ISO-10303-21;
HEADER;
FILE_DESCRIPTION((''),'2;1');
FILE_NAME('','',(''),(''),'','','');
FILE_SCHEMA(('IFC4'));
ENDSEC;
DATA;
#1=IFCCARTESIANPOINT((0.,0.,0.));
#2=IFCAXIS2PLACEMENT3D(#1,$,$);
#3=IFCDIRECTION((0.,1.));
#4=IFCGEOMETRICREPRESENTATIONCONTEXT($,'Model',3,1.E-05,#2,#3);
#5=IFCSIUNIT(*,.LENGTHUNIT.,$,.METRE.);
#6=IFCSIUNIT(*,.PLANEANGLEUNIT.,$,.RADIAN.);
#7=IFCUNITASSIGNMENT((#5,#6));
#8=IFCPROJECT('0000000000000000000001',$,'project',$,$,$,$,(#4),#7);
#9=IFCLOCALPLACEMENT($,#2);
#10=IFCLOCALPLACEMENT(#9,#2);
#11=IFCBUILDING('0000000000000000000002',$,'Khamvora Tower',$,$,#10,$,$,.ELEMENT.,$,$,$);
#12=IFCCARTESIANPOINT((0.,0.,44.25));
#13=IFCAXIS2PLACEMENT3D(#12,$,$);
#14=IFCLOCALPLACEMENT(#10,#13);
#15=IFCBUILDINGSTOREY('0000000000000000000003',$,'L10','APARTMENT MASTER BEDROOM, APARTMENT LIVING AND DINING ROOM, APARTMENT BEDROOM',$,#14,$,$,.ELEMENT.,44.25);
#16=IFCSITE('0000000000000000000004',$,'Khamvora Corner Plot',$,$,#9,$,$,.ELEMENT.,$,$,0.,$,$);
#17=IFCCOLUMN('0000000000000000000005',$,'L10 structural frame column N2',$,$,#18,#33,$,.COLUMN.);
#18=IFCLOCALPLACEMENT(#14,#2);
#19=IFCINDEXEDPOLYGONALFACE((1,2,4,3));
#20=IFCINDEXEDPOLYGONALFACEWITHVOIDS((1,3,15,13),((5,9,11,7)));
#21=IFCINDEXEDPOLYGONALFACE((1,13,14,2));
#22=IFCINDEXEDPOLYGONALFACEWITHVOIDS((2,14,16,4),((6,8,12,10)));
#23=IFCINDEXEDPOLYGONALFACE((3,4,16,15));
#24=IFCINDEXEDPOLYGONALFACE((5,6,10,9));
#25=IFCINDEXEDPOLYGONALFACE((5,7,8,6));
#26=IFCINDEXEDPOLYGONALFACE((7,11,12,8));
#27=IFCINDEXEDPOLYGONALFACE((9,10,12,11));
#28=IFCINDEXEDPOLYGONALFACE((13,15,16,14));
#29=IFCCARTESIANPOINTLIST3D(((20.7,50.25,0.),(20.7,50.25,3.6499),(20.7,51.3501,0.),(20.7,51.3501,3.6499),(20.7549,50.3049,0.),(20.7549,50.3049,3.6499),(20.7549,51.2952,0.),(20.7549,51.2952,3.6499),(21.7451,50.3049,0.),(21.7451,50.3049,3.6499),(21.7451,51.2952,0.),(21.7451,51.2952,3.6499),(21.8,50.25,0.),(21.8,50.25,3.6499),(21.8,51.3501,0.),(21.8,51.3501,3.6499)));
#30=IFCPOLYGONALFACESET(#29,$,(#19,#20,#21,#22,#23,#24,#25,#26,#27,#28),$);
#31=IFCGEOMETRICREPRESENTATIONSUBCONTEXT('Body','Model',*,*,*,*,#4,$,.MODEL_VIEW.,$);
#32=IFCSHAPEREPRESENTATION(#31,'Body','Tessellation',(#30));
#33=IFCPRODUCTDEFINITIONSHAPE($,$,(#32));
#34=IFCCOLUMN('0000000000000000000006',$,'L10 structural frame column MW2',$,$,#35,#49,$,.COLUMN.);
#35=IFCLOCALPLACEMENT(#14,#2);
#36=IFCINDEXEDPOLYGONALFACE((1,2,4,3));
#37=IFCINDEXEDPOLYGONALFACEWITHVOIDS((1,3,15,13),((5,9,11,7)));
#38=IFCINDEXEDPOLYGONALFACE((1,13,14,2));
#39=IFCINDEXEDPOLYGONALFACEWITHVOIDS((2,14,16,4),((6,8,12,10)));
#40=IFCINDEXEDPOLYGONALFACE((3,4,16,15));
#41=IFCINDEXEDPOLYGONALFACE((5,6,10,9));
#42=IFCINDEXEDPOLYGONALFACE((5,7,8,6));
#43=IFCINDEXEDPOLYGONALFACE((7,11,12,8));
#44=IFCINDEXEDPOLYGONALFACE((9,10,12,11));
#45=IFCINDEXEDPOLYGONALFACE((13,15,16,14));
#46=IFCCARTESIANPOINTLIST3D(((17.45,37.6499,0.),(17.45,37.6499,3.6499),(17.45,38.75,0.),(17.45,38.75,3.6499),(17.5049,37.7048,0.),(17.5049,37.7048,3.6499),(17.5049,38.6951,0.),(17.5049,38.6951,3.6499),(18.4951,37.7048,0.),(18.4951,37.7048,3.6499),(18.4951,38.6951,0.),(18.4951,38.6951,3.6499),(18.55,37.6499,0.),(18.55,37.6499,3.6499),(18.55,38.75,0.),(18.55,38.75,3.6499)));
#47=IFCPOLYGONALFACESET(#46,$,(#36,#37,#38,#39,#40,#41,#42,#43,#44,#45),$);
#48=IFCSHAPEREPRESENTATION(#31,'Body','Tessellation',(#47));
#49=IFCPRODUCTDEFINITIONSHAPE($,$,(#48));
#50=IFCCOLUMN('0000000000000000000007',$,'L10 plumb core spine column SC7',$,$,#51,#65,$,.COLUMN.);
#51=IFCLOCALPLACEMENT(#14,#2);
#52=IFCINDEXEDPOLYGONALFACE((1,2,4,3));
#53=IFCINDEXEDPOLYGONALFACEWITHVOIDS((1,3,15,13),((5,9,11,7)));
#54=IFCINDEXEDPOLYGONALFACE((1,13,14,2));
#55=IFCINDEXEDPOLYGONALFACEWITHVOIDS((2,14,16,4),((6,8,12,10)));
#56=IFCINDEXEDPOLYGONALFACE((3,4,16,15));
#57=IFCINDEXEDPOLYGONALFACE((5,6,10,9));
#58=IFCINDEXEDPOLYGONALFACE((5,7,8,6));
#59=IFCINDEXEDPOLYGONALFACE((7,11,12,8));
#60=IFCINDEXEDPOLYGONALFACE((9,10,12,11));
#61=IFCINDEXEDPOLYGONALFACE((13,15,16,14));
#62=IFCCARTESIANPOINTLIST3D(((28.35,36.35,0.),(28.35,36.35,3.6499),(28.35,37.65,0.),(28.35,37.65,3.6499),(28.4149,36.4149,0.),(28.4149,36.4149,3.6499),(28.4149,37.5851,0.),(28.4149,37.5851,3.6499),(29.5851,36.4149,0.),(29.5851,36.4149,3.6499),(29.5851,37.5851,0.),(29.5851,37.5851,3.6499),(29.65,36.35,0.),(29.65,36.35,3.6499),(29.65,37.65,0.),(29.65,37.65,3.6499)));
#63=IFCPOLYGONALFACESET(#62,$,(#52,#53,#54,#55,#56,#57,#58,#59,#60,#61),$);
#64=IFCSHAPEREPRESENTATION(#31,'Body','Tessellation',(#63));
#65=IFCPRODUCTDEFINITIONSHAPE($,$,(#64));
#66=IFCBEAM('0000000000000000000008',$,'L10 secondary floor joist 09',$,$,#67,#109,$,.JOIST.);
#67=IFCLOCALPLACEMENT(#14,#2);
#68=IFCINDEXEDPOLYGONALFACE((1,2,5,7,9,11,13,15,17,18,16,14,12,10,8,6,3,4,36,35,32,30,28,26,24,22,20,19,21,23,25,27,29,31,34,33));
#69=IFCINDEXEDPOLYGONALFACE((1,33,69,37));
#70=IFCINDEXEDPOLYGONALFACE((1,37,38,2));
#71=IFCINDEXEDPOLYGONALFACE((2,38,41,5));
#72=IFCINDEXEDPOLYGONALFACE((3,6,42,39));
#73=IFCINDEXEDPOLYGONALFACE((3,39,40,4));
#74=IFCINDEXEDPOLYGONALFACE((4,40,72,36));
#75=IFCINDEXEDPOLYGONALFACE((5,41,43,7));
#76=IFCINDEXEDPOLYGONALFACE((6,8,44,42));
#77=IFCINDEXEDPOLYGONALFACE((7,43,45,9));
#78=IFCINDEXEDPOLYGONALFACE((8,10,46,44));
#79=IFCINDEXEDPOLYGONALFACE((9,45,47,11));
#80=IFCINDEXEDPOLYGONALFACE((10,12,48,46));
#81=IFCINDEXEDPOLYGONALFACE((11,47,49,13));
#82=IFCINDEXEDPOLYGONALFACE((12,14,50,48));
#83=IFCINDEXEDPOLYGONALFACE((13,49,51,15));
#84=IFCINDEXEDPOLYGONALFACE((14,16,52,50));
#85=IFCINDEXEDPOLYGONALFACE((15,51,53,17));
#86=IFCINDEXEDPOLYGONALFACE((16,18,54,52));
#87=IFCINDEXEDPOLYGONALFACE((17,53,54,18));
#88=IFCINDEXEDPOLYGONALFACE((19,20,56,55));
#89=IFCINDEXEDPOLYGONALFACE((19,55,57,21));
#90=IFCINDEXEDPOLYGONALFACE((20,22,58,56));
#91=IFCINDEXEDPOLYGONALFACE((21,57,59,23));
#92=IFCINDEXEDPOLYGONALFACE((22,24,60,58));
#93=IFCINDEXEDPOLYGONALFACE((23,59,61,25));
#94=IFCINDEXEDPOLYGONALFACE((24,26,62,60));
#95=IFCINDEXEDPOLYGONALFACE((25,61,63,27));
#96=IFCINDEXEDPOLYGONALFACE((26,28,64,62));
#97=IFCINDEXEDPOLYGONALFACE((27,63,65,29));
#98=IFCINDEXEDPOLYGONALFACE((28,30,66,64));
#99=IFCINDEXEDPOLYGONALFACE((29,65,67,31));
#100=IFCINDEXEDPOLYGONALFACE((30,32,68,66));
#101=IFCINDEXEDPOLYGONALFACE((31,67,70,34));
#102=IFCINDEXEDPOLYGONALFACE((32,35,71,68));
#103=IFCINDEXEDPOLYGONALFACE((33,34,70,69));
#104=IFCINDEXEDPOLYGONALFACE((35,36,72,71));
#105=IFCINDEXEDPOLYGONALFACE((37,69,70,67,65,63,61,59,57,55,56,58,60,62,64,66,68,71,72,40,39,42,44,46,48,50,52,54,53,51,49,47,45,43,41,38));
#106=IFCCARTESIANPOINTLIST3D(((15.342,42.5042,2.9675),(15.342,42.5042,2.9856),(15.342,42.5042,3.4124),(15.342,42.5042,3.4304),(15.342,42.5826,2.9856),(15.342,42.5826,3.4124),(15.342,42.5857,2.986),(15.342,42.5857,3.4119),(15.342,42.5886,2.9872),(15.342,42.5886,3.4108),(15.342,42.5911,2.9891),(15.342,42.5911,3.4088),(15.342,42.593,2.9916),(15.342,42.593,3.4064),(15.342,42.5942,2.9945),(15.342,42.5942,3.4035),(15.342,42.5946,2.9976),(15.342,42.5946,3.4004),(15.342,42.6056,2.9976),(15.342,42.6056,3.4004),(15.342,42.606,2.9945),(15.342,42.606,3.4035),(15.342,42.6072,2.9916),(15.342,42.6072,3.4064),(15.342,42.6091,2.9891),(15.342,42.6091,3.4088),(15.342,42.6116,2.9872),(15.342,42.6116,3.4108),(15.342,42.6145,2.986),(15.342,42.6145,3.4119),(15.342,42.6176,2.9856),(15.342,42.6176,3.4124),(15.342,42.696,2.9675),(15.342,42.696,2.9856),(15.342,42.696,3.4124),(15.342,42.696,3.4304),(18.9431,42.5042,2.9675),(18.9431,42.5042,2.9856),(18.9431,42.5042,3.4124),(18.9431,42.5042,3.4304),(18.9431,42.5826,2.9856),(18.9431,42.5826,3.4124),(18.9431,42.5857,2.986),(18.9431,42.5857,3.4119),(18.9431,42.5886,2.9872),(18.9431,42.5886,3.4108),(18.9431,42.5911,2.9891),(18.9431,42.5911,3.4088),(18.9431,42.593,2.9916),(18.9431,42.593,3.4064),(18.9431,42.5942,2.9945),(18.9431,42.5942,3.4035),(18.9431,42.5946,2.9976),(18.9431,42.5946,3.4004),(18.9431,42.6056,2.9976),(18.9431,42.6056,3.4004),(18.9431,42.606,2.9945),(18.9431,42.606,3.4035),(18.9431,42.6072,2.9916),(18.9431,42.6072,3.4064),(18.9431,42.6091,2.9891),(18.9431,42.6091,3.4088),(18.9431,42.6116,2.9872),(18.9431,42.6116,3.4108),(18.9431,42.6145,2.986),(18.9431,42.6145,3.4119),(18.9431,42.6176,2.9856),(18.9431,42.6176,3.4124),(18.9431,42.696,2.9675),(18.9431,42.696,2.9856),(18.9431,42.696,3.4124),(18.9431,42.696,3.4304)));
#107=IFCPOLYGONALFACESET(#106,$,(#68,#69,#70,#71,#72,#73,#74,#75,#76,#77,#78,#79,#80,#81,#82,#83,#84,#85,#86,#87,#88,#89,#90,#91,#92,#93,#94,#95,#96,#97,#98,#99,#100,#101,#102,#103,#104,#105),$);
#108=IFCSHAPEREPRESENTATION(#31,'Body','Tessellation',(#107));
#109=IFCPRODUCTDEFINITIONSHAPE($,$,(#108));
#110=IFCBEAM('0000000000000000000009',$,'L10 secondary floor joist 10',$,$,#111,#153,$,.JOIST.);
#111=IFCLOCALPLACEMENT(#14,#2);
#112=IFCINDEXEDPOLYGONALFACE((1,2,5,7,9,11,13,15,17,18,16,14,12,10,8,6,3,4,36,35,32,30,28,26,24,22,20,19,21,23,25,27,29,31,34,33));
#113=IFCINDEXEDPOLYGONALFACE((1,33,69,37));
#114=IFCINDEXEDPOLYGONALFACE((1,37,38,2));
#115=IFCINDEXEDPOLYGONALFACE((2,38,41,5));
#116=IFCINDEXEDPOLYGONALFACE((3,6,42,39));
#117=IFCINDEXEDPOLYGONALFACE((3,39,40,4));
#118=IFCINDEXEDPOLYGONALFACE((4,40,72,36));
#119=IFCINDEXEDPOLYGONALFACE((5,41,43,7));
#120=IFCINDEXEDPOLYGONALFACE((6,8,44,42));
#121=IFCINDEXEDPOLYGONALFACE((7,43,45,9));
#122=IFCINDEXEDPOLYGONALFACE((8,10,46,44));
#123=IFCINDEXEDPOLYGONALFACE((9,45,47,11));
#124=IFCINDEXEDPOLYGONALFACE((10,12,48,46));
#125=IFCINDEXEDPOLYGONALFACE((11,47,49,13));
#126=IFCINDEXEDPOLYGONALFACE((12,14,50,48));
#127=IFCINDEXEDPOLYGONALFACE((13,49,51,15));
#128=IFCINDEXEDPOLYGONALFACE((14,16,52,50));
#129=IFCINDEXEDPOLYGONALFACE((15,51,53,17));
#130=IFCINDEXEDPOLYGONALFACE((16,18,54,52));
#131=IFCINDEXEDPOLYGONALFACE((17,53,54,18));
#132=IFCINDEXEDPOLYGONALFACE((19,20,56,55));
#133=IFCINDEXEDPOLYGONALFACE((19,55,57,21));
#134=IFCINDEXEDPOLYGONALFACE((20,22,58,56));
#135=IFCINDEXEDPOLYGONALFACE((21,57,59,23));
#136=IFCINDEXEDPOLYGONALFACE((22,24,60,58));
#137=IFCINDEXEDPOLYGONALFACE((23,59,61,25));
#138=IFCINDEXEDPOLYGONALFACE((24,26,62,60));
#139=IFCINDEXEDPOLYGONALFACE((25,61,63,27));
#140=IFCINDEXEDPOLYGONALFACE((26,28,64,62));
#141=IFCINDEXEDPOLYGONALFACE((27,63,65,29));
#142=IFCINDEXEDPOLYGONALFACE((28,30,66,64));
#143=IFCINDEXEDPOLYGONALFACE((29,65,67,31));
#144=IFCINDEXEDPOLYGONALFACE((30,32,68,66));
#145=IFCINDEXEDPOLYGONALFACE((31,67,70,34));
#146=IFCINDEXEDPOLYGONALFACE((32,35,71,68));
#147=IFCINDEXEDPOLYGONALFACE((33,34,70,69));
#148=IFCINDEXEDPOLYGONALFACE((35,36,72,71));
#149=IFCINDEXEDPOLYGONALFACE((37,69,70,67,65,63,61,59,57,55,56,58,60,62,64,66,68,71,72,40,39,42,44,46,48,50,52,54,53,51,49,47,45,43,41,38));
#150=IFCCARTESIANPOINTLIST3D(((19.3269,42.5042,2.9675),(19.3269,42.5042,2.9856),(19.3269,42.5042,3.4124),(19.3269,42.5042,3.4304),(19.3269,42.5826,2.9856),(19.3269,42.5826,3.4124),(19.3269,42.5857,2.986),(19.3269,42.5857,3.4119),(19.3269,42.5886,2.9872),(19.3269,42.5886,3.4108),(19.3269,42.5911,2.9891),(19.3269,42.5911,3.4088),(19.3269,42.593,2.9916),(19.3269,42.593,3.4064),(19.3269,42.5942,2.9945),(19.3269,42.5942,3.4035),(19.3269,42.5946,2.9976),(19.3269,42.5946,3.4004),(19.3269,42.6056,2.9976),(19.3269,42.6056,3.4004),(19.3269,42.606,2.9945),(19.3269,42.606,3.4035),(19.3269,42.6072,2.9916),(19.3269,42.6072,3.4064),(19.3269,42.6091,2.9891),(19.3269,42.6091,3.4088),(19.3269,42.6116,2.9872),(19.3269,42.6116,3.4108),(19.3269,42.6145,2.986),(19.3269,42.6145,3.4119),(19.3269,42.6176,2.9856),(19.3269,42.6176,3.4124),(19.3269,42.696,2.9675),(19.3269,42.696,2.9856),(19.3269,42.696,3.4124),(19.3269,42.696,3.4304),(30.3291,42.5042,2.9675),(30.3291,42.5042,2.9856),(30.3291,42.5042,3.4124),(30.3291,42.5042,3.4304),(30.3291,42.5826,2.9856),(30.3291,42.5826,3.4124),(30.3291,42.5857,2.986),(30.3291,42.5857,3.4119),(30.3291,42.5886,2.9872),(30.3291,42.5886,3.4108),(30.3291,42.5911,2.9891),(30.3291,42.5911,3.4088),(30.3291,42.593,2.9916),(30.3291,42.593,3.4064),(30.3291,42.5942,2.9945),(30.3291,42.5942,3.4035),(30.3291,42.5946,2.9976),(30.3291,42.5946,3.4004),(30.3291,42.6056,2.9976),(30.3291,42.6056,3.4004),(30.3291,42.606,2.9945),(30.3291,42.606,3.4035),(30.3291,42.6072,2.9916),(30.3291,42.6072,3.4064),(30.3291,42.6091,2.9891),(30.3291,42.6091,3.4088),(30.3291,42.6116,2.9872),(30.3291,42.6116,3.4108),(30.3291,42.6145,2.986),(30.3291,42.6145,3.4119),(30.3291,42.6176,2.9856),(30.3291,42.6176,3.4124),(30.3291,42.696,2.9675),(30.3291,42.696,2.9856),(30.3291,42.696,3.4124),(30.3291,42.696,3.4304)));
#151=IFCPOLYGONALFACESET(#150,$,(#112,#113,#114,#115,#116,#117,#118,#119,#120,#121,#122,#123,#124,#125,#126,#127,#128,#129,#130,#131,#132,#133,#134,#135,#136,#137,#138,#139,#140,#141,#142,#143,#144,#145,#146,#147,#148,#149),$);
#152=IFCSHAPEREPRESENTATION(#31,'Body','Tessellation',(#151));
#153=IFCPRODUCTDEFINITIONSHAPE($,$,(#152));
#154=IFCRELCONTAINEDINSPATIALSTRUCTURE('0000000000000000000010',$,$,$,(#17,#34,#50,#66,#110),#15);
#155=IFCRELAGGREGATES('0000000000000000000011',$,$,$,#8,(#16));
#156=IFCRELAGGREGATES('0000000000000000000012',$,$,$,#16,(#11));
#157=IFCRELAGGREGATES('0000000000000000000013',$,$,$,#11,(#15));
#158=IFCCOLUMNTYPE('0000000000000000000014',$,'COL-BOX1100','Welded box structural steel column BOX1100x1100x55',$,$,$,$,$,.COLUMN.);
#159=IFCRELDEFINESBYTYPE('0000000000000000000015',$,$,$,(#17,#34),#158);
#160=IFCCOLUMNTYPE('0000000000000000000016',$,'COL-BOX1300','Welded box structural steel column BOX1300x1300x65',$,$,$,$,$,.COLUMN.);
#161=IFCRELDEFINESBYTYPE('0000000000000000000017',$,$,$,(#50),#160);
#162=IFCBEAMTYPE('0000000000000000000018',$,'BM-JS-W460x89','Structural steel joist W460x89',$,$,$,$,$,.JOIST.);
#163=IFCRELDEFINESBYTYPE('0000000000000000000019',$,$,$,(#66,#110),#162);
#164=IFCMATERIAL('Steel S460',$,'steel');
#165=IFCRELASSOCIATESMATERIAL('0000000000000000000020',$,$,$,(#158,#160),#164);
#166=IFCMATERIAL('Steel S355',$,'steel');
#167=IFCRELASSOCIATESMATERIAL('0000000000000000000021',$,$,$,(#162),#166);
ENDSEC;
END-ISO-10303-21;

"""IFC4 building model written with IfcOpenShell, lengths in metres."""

from ifc_helpers import new_model, si_unit, direction, frame, origin, origin_2d, place, context, subcontext, project, spatial, hollow_rectangle, i_section, extrude, material, material_profile, profile_set, type_object, element, save


model = new_model("IFC4")

# Units and contexts
model_context = context("Model", 3, precision=1e-05, world=origin(), true_north=direction((0.0, 1.0)))
body_context = subcontext(model_context, "Body", "Model", "MODEL_VIEW")
ifc_project = project(units=[si_unit("LENGTHUNIT", "METRE"), si_unit("PLANEANGLEUNIT", "RADIAN")], contexts=[model_context])

# Site, building, storey
site_placement = place(None, origin())
site = spatial("IfcSite", under=ifc_project, at=site_placement, Name="Khamvora Corner Plot", CompositionType="ELEMENT", RefElevation=0.0)
building_placement = place(site_placement, origin())
building = spatial("IfcBuilding", under=site, at=building_placement, Name="Khamvora Tower", CompositionType="ELEMENT")
storey_placement = place(building_placement, frame((0.0, 0.0, 44.25)))
storey = spatial("IfcBuildingStorey", under=building, at=storey_placement, Name="L10", Description="APARTMENT MASTER BEDROOM, APARTMENT LIVING AND DINING ROOM, APARTMENT BEDROOM", CompositionType="ELEMENT", Elevation=44.25)

# Columns
ifc_material_1 = material(Name="Steel S460", Category="steel")
ifc_material_profile_1 = material_profile(ifc_material_1, hollow_rectangle(XDim=1.1001, YDim=1.1001, WallThickness=0.0549, at=origin_2d()), Name="BOX1100x1100x55")
ifc_profile_set_1 = profile_set([ifc_material_profile_1], Name="Steel S460")
column_type_1 = type_object("IfcColumnType", Name="COL-BOX1100", Description="Welded box structural steel column BOX1100x1100x55", PredefinedType="COLUMN", material=ifc_profile_set_1)
for number, where, z_axis, x_axis, name in (
    (1, (21.25, 50.8, 0.0), (0.0, 0.0, 1.0), (1.0, 0.0, 0.0), "L10 structural frame column N2"),
    (2, (18.0, 38.2, 0.0), (0.0, 0.0, 1.0), (1.0, 0.0, 0.0), "L10 structural frame column MW2"),
):
    element("IfcColumn", number, at=place(storey_placement, frame(where, z_axis=z_axis, x_axis=x_axis)), inside=storey, type_object=column_type_1, Name=name, PredefinedType="COLUMN", context=body_context, shape_type="SweptSolid", body=[
        extrude(hollow_rectangle(XDim=1.1001, YDim=1.1001, WallThickness=0.0549, at=origin_2d()), origin(), (0.0, 0.0, 1.0), 3.6499),
    ])
ifc_material_profile_2 = material_profile(ifc_material_1, hollow_rectangle(XDim=1.3, YDim=1.3, WallThickness=0.0649, at=origin_2d()), Name="BOX1300x1300x65")
ifc_profile_set_2 = profile_set([ifc_material_profile_2], Name="Steel S460")
column_type_2 = type_object("IfcColumnType", Name="COL-BOX1300", Description="Welded box structural steel column BOX1300x1300x65", PredefinedType="COLUMN", material=ifc_profile_set_2)
column_placement = place(storey_placement, frame((29.0, 37.0, 0.0), z_axis=(0.0, 0.0, 1.0), x_axis=(1.0, 0.0, 0.0)))
element("IfcColumn", 3, at=column_placement, inside=storey, type_object=column_type_2, Name="L10 plumb core spine column SC7", PredefinedType="COLUMN", context=body_context, shape_type="SweptSolid", body=[
    extrude(hollow_rectangle(XDim=1.3, YDim=1.3, WallThickness=0.0649, at=origin_2d()), origin(), (0.0, 0.0, 1.0), 3.6499),
])

# Beams
ifc_material_2 = material(Name="Steel S355", Category="steel")
ifc_material_profile_3 = material_profile(ifc_material_2, i_section(OverallWidth=0.1919, OverallDepth=0.4629, WebThickness=0.011, FlangeThickness=0.0181, FilletRadius=0.012, at=origin_2d()), Name="W460x89")
ifc_profile_set_3 = profile_set([ifc_material_profile_3], Name="Steel S355")
beam_type_1 = type_object("IfcBeamType", Name="BM-JS-W460x89", Description="Structural steel joist W460x89", PredefinedType="JOIST", material=ifc_profile_set_3)
beam_1_placement = place(storey_placement, frame((15.342, 42.6001, 3.199), z_axis=(1.0, 0.0, 0.0), x_axis=(0.0, 1.0, 0.0)))
element("IfcBeam", 4, at=beam_1_placement, inside=storey, type_object=beam_type_1, Name="L10 secondary floor joist 09", PredefinedType="JOIST", context=body_context, shape_type="SweptSolid", body=[
    extrude(i_section(OverallWidth=0.1919, OverallDepth=0.4629, WebThickness=0.011, FlangeThickness=0.0181, FilletRadius=0.012, at=origin_2d()), origin(), (0.0, 0.0, 1.0), 3.6011),
])
beam_2_placement = place(storey_placement, frame((19.3269, 42.6001, 3.199), z_axis=(1.0, 0.0, 0.0), x_axis=(0.0, 1.0, 0.0)))
element("IfcBeam", 5, at=beam_2_placement, inside=storey, type_object=beam_type_1, Name="L10 secondary floor joist 10", PredefinedType="JOIST", context=body_context, shape_type="SweptSolid", body=[
    extrude(i_section(OverallWidth=0.1919, OverallDepth=0.4629, WebThickness=0.011, FlangeThickness=0.0181, FilletRadius=0.012, at=origin_2d()), origin(), (0.0, 0.0, 1.0), 11.0022),
])

save(model, "model.ifc")
